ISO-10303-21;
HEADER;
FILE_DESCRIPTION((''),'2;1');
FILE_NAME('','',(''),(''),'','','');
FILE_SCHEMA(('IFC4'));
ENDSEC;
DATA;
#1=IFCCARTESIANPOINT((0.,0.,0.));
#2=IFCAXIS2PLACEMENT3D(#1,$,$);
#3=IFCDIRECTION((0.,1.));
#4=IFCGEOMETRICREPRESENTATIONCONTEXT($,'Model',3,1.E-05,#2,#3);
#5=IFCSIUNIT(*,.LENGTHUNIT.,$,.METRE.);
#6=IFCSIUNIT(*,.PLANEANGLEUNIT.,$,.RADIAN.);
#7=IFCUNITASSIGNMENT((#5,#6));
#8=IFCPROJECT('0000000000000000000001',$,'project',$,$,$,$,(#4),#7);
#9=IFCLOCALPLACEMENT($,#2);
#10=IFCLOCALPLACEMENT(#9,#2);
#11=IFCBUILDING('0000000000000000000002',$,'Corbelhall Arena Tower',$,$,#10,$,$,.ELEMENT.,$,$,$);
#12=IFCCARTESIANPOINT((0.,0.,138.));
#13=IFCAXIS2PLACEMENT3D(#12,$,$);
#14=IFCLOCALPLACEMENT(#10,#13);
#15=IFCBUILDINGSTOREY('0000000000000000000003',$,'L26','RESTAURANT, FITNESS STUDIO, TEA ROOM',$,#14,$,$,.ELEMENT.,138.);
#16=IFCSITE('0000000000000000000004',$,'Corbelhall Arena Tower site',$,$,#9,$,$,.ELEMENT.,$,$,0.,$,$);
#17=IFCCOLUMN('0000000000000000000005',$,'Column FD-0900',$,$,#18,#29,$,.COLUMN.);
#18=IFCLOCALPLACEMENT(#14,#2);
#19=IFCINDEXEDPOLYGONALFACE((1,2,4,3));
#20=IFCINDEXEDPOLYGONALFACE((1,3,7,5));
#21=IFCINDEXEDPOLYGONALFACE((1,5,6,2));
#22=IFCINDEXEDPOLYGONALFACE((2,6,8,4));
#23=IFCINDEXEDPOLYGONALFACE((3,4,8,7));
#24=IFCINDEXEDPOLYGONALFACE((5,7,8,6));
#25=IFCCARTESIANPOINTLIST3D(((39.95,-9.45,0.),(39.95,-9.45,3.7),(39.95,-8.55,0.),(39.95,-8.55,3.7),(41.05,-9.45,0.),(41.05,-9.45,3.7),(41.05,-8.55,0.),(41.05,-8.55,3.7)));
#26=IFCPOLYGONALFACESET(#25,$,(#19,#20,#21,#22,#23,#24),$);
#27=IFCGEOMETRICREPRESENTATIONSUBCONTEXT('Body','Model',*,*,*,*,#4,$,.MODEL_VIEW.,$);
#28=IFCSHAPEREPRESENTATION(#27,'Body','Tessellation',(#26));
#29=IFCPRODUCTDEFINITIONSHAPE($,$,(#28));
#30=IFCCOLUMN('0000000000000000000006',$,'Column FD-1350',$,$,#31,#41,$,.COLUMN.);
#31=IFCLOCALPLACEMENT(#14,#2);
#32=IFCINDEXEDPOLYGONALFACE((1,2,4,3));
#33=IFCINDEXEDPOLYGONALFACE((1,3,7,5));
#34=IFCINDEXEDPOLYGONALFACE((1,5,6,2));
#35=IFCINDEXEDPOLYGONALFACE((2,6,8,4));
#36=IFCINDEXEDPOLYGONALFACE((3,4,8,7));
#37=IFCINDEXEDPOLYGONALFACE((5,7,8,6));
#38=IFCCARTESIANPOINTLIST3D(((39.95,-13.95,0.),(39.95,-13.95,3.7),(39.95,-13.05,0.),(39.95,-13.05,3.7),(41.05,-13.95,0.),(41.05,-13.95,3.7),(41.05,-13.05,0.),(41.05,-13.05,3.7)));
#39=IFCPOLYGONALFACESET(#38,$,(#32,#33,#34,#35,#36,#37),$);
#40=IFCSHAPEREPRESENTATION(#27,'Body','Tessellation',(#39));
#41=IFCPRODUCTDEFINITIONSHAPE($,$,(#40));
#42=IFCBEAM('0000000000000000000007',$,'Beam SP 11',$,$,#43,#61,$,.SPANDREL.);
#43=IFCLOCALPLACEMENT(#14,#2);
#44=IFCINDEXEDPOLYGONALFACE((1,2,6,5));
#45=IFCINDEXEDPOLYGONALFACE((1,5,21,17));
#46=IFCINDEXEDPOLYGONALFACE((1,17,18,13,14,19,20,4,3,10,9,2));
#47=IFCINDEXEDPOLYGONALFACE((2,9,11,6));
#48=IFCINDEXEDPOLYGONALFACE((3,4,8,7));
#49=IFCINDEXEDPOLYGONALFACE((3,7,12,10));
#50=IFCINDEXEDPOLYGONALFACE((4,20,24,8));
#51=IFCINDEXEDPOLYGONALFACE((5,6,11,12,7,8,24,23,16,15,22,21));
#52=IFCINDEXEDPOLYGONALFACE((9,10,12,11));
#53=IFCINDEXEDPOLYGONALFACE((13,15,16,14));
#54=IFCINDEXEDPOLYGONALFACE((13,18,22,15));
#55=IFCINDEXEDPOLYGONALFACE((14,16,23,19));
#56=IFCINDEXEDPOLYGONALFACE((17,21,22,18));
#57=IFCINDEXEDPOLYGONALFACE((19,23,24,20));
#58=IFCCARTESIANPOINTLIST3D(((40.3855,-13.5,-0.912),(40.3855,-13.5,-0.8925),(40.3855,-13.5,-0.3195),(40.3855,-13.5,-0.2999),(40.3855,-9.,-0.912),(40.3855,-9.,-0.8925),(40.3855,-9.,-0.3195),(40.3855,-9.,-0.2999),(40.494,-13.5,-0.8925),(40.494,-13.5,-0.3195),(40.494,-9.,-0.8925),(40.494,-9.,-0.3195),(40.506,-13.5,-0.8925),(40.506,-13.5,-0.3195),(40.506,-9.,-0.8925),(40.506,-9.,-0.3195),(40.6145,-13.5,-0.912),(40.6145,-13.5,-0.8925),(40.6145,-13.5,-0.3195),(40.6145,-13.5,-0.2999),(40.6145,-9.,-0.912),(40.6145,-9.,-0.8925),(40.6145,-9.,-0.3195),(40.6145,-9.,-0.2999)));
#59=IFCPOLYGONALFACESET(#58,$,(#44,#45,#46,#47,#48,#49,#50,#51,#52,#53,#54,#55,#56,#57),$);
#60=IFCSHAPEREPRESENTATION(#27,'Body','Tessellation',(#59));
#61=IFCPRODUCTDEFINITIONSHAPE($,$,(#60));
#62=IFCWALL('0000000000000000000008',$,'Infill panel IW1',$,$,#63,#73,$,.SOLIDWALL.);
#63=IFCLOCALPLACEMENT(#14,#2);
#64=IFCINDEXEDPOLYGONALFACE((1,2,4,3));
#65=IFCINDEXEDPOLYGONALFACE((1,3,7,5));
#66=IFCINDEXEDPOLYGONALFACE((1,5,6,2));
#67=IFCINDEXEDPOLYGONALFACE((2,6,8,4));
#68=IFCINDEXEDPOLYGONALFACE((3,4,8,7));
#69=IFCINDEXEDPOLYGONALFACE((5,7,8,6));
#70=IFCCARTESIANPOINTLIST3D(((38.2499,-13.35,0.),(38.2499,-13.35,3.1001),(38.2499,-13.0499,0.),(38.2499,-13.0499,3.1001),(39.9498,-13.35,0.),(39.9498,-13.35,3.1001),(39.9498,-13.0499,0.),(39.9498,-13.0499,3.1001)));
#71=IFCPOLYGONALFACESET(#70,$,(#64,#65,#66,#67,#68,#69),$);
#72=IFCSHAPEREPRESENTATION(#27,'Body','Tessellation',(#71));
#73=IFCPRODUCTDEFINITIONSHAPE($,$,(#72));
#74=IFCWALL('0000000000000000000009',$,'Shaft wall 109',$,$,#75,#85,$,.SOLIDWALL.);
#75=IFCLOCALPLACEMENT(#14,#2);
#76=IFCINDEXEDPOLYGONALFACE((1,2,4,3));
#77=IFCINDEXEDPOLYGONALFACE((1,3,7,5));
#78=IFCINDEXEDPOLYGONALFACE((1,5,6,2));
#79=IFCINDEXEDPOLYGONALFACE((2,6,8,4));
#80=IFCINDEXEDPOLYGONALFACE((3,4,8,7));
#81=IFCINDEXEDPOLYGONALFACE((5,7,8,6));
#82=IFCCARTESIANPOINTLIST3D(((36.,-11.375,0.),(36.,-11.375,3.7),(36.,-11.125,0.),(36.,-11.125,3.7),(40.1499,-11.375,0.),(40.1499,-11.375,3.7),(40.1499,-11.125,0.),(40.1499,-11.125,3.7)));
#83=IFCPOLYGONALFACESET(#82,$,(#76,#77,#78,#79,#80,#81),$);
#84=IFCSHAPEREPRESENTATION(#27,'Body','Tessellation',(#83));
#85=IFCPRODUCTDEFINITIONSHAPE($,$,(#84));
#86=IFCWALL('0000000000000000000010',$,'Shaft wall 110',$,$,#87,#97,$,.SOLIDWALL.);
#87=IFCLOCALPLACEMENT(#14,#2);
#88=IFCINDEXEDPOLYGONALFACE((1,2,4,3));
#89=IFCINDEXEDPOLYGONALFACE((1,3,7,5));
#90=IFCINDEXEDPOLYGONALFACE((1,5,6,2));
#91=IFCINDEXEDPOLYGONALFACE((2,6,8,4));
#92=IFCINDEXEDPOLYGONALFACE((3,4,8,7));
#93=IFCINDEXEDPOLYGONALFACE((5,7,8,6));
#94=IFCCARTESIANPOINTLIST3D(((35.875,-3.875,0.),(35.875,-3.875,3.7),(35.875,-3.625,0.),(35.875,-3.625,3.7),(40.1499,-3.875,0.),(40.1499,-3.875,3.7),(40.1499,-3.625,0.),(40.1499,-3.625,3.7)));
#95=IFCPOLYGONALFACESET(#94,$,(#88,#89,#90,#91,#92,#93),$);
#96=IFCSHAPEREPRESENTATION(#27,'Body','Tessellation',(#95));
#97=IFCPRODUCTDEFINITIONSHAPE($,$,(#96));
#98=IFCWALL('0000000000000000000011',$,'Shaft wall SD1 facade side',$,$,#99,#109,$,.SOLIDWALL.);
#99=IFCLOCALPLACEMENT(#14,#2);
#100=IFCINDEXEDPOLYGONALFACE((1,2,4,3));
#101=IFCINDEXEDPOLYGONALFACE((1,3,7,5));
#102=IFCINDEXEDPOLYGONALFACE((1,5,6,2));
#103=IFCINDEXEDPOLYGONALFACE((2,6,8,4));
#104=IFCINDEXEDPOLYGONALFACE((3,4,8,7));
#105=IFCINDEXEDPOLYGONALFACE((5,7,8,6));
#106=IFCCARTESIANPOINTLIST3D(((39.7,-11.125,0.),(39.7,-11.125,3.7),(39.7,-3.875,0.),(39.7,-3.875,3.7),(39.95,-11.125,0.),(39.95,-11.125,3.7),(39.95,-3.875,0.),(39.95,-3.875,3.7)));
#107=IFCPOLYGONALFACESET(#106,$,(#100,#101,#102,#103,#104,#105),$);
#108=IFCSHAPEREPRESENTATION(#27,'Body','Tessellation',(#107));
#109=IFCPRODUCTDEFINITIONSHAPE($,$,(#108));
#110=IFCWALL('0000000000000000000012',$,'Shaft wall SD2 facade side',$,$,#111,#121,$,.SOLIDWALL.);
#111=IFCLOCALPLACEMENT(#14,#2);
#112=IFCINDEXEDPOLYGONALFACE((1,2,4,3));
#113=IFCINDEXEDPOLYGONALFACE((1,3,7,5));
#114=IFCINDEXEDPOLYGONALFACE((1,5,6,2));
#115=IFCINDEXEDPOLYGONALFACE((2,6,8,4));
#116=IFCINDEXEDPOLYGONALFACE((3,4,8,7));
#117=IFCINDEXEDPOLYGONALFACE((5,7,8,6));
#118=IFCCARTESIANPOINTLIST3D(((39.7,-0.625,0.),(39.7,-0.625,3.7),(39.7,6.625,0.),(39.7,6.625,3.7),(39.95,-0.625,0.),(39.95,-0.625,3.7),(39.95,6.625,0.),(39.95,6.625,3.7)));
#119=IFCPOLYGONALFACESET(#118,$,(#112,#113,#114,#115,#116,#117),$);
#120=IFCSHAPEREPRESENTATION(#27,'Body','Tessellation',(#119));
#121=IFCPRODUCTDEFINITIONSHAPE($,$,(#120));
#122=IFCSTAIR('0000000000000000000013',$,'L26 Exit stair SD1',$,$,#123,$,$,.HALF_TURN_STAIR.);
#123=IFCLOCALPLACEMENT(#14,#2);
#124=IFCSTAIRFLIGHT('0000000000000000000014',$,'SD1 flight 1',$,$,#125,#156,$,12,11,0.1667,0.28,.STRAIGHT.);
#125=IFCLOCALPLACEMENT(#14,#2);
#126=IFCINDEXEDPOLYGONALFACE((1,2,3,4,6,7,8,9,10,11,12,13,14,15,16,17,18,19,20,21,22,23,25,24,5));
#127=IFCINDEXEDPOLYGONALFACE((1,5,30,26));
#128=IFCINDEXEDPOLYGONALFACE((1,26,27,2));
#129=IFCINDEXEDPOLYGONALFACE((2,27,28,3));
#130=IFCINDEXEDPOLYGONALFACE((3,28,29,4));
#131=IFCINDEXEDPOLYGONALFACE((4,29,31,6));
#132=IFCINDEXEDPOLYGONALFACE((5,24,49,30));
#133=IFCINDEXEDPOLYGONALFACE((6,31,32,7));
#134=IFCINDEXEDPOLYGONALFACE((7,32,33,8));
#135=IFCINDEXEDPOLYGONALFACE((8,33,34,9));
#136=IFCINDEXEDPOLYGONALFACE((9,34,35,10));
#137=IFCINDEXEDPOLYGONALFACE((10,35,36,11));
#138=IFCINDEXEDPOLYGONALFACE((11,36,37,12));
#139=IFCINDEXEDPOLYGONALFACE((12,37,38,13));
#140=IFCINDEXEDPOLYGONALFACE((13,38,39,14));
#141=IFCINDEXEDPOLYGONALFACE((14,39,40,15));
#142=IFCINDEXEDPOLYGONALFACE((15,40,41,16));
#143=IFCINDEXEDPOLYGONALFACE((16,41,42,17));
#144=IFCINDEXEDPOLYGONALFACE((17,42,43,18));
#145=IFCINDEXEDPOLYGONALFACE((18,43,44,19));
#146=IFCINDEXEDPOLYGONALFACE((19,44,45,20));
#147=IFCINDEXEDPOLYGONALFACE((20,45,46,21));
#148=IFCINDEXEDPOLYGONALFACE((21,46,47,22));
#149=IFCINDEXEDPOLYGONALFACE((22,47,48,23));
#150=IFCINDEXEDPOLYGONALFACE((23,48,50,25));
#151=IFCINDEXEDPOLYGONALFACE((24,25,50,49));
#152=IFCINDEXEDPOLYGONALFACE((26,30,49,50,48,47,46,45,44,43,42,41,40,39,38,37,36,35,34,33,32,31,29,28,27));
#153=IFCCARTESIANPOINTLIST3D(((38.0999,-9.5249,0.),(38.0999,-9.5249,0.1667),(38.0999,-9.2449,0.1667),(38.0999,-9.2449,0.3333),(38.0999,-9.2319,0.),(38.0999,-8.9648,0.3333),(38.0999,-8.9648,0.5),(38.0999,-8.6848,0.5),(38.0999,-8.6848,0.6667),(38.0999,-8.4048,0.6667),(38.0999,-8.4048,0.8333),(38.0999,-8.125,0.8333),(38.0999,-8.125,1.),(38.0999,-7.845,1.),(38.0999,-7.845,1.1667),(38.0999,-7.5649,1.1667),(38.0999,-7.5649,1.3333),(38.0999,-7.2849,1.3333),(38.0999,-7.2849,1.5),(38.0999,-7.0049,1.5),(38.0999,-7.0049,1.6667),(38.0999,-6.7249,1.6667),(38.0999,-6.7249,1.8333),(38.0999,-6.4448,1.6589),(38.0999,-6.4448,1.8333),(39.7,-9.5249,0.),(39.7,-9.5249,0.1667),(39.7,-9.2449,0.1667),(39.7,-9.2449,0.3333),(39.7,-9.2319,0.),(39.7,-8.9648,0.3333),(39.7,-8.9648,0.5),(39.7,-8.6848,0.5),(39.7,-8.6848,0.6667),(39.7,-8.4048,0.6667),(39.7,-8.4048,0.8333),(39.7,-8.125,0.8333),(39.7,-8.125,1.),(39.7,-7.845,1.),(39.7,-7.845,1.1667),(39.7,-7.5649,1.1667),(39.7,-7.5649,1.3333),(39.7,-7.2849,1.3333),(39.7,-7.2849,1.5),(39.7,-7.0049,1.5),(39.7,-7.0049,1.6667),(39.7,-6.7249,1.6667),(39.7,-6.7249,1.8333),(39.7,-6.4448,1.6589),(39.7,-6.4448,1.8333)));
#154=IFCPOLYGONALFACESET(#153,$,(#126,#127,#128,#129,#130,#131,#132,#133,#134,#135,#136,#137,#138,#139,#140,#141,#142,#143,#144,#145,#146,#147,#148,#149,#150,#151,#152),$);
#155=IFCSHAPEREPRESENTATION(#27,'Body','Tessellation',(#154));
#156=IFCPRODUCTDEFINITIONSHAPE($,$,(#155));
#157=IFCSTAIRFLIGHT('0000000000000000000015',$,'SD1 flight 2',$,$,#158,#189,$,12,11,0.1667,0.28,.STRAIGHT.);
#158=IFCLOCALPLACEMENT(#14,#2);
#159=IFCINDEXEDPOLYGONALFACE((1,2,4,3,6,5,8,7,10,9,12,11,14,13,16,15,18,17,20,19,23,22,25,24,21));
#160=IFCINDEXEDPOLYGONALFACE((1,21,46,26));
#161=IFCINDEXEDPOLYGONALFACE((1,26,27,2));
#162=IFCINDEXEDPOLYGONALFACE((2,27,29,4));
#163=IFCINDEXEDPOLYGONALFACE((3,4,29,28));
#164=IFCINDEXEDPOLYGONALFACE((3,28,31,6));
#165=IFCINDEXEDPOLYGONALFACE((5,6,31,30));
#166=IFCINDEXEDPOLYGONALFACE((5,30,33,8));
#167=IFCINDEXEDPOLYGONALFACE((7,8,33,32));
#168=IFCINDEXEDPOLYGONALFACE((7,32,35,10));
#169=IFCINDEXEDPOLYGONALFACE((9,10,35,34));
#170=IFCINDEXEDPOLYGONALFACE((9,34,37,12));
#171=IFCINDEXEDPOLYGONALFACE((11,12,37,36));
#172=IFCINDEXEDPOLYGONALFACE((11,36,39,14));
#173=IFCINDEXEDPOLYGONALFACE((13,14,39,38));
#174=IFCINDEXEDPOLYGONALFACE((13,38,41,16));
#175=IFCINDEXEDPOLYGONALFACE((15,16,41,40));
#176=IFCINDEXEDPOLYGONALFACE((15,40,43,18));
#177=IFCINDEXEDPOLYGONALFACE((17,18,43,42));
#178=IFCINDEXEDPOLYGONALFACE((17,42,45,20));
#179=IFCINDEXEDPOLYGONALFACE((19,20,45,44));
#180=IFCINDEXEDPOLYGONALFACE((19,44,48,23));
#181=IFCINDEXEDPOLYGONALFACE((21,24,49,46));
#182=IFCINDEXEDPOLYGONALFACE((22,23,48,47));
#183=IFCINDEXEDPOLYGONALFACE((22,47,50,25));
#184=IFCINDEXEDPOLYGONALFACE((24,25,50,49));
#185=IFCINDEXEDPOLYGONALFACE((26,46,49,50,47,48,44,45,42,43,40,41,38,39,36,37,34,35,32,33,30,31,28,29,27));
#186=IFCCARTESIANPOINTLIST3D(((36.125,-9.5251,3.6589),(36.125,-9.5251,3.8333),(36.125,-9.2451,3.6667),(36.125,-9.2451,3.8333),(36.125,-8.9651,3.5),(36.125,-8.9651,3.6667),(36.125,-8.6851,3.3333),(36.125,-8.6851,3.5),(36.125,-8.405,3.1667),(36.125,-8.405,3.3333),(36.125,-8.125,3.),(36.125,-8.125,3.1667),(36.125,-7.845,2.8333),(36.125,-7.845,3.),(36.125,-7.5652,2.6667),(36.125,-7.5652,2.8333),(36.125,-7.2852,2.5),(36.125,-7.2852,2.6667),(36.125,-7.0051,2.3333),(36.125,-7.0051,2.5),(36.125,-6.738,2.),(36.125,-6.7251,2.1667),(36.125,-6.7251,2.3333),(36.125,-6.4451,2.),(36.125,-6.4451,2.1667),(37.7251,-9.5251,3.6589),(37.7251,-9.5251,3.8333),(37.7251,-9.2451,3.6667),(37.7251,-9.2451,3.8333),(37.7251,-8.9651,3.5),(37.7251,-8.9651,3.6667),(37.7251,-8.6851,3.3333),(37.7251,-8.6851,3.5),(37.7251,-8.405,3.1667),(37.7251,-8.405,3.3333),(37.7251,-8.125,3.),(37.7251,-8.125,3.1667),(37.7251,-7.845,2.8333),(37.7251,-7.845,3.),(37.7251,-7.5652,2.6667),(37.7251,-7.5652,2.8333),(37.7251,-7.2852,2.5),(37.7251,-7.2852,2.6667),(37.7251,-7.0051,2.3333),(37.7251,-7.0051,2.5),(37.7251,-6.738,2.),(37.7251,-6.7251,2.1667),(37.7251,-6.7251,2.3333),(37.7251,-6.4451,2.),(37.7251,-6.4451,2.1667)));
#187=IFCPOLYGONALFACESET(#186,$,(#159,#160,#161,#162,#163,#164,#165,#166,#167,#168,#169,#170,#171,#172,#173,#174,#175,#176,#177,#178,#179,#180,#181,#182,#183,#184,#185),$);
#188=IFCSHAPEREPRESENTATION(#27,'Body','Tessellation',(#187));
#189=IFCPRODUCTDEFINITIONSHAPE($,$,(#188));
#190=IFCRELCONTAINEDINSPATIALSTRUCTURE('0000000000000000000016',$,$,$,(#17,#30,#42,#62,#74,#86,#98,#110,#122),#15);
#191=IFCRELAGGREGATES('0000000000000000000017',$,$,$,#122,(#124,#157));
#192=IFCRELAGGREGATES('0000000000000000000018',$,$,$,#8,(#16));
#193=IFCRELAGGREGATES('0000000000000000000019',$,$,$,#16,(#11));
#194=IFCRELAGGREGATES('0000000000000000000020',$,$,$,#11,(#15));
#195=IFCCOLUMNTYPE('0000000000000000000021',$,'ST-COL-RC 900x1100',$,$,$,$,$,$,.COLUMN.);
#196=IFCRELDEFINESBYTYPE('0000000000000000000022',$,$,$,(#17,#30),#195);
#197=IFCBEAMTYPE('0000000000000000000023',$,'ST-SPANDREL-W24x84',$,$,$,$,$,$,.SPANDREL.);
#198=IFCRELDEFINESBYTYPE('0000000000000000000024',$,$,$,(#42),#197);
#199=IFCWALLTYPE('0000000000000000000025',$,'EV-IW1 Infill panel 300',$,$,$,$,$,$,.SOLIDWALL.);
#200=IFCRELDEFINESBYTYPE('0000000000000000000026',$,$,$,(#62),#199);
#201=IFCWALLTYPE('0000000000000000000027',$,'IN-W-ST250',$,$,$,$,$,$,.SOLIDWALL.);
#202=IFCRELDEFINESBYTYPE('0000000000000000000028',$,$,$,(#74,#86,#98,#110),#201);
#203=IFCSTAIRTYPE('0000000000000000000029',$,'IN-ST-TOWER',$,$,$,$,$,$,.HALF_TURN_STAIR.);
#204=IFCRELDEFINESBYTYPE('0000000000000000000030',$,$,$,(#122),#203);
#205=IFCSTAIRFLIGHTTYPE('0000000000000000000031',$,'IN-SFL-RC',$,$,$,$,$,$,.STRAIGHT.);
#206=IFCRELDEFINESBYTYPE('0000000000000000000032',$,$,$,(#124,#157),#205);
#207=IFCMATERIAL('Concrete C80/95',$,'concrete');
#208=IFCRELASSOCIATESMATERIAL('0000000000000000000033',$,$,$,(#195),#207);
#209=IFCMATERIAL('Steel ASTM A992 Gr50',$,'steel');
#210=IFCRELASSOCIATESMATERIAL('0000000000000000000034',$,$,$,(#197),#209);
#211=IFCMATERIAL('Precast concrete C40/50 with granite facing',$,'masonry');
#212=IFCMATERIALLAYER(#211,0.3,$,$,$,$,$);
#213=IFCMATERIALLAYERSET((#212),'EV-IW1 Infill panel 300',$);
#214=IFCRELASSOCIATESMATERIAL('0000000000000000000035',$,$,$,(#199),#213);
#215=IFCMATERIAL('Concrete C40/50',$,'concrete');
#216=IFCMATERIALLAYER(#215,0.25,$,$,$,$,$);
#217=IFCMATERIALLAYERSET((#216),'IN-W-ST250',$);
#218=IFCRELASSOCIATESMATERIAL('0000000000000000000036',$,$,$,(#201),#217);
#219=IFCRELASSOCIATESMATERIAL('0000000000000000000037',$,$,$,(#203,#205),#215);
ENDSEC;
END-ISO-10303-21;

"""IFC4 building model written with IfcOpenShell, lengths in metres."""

from ifc_helpers import new_model, si_unit, direction, frame, frame_2d, origin, origin_2d, place, context, subcontext, project, spatial, polyline, rectangle, i_section, outline, extrude, material, layer, layer_set, material_profile, profile_set, type_object, element, aggregate, save


model = new_model("IFC4")

# Units and contexts
model_context = context("Model", 3, precision=1e-05, world=origin(), true_north=direction((0.0, 1.0)))
body_context = subcontext(model_context, "Body", "Model", "MODEL_VIEW")
ifc_project = project(units=[si_unit("LENGTHUNIT", "METRE"), si_unit("PLANEANGLEUNIT", "RADIAN")], contexts=[model_context])

# Site, building, storey
site_placement = place(None, origin())
site = spatial("IfcSite", under=ifc_project, at=site_placement, Name="Corbelhall Arena Tower site", CompositionType="ELEMENT", RefElevation=0.0)
building_placement = place(site_placement, origin())
building = spatial("IfcBuilding", under=site, at=building_placement, Name="Corbelhall Arena Tower", CompositionType="ELEMENT")
storey_placement = place(building_placement, frame((0.0, 0.0, 138.0)))
storey = spatial("IfcBuildingStorey", under=building, at=storey_placement, Name="L26", Description="RESTAURANT, FITNESS STUDIO, TEA ROOM", CompositionType="ELEMENT", Elevation=138.0)

# Columns
ifc_material_1 = material(Name="Concrete C80/95", Category="concrete")
ifc_material_profile_1 = material_profile(ifc_material_1, rectangle(XDim=0.8999, YDim=1.1001, at=origin_2d()))
ifc_profile_set_1 = profile_set([ifc_material_profile_1], Name="Concrete C80/95")
column_type = type_object("IfcColumnType", Name="ST-COL-RC 900x1100", PredefinedType="COLUMN", material=ifc_profile_set_1)
for number, where, z_axis, x_axis, name in (
    (1, (40.5, -9.0, 0.0), (0.0, 0.0, 1.0), (0.0, 1.0, 0.0), "Column FD-0900"),
    (2, (40.5, -13.5, 0.0), (0.0, 0.0, 1.0), (0.0, 1.0, 0.0), "Column FD-1350"),
):
    element("IfcColumn", number, at=place(storey_placement, frame(where, z_axis=z_axis, x_axis=x_axis)), inside=storey, type_object=column_type, Name=name, PredefinedType="COLUMN", context=body_context, shape_type="SweptSolid", body=[
        extrude(rectangle(XDim=0.8999, YDim=1.1001, at=origin_2d()), origin(), (0.0, 0.0, 1.0), 3.7),
    ])

# Beam
ifc_material_2 = material(Name="Steel ASTM A992 Gr50", Category="steel")
ifc_material_profile_2 = material_profile(ifc_material_2, i_section(OverallWidth=0.229, OverallDepth=0.6121, WebThickness=0.012, FlangeThickness=0.0195, at=origin_2d()))
ifc_profile_set_2 = profile_set([ifc_material_profile_2], Name="Steel ASTM A992 Gr50")
beam_type = type_object("IfcBeamType", Name="ST-SPANDREL-W24x84", PredefinedType="SPANDREL", material=ifc_profile_set_2)
beam_placement = place(storey_placement, frame((40.5, -9.0, -0.606), z_axis=(0.0, -1.0, 0.0), x_axis=(1.0, 0.0, 0.0)))
element("IfcBeam", 3, at=beam_placement, inside=storey, type_object=beam_type, Name="Beam SP 11", PredefinedType="SPANDREL", context=body_context, shape_type="SweptSolid", body=[
    extrude(i_section(OverallWidth=0.229, OverallDepth=0.6121, WebThickness=0.012, FlangeThickness=0.0195, at=origin_2d()), origin(), (0.0, 0.0, 1.0), 4.5),
])

# Wall
ifc_material_3 = material(Name="Precast concrete C40/50 with granite facing", Category="masonry")
ifc_layer_1 = layer(ifc_material_3, 0.3)
ifc_layer_set_1 = layer_set([ifc_layer_1], Name="EV-IW1 Infill panel 300")
wall_type_1 = type_object("IfcWallType", Name="EV-IW1 Infill panel 300", PredefinedType="SOLIDWALL", material=ifc_layer_set_1)
wall_1_placement = place(storey_placement, frame((39.95, -13.2, 0.0), z_axis=(0.0, 0.0, 1.0), x_axis=(-1.0, 0.0, 0.0)))
element("IfcWall", 4, at=wall_1_placement, inside=storey, type_object=wall_type_1, Name="Infill panel IW1", PredefinedType="SOLIDWALL", context=body_context, shape_type="SweptSolid", body=[
    extrude(rectangle(XDim=1.7, YDim=0.3, at=frame_2d((0.8501, 0.0))), origin(), (0.0, 0.0, 1.0), 3.1001),
])

# Walls
ifc_material_4 = material(Name="Concrete C40/50", Category="concrete")
ifc_layer_2 = layer(ifc_material_4, 0.25)
ifc_layer_set_2 = layer_set([ifc_layer_2], Name="IN-W-ST250")
wall_type_2 = type_object("IfcWallType", Name="IN-W-ST250", PredefinedType="SOLIDWALL", material=ifc_layer_set_2)
wall_2_placement = place(storey_placement, frame((40.1499, -11.25, 0.0), z_axis=(0.0, 0.0, 1.0), x_axis=(-1.0, 0.0, 0.0)))
element("IfcWall", 5, at=wall_2_placement, inside=storey, type_object=wall_type_2, Name="Shaft wall 109", PredefinedType="SOLIDWALL", context=body_context, shape_type="SweptSolid", body=[
    extrude(rectangle(XDim=4.1499, YDim=0.25, at=frame_2d((2.075, 0.0))), origin(), (0.0, 0.0, 1.0), 3.7),
])
wall_3_placement = place(storey_placement, frame((40.1499, -3.75, 0.0), z_axis=(0.0, 0.0, 1.0), x_axis=(-1.0, 0.0, 0.0)))
element("IfcWall", 6, at=wall_3_placement, inside=storey, type_object=wall_type_2, Name="Shaft wall 110", PredefinedType="SOLIDWALL", context=body_context, shape_type="SweptSolid", body=[
    extrude(rectangle(XDim=4.2749, YDim=0.25, at=frame_2d((2.1375, 0.0))), origin(), (0.0, 0.0, 1.0), 3.7),
])
for number, where, z_axis, x_axis, name in (
    (7, (39.825, -11.125, 0.0), (0.0, 0.0, 1.0), (0.0, 1.0, 0.0), "Shaft wall SD1 facade side"),
    (8, (39.825, -0.625, 0.0), (0.0, 0.0, 1.0), (0.0, 1.0, 0.0), "Shaft wall SD2 facade side"),
):
    element("IfcWall", number, at=place(storey_placement, frame(where, z_axis=z_axis, x_axis=x_axis)), inside=storey, type_object=wall_type_2, Name=name, PredefinedType="SOLIDWALL", context=body_context, shape_type="SweptSolid", body=[
        extrude(rectangle(XDim=7.25, YDim=0.25, at=frame_2d((3.625, 0.0))), origin(), (0.0, 0.0, 1.0), 3.7),
    ])

# Stair, stair flights
stair_type = type_object("IfcStairType", Name="IN-ST-TOWER", PredefinedType="HALF_TURN_STAIR", material=ifc_material_4)
stair_placement = place(storey_placement, origin())
stair = element("IfcStair", 9, at=stair_placement, inside=storey, type_object=stair_type, Name="L26 Exit stair SD1", PredefinedType="HALF_TURN_STAIR")
stair_flight_type = type_object("IfcStairFlightType", Name="IN-SFL-RC", PredefinedType="STRAIGHT", material=ifc_material_4)
stair_flight_1_placement = place(storey_placement, frame((38.8999, -9.5249, 0.0), z_axis=(0.0, 0.0, 1.0), x_axis=(0.0, 1.0, 0.0)))
stair_flight_1 = element("IfcStairFlight", 10, at=stair_flight_1_placement, type_object=stair_flight_type, Name="SD1 flight 1", NumberOfRisers=12, NumberOfTreads=11, PredefinedType="STRAIGHT", RiserHeight=0.1667, TreadLength=0.28, context=body_context, shape_type="SweptSolid", body=[
    extrude(outline(polyline([(0.0, 0.0), (0.0, 0.1667), (0.28, 0.1667), (0.28, 0.3333), (0.5601, 0.3333), (0.5601, 0.5), (0.8401, 0.5), (0.8401, 0.6667), (1.1201, 0.6667), (1.1201, 0.8333), (1.3999, 0.8333), (1.3999, 1.0), (1.6799, 1.0), (1.6799, 1.1667), (1.96, 1.1667), (1.96, 1.3333), (2.24, 1.3333), (2.24, 1.5), (2.52, 1.5), (2.52, 1.6667), (2.8, 1.6667), (2.8, 1.8333), (3.0801, 1.8333), (3.0801, 2.0), (3.0801, 1.6589), (0.293, 0.0), (0.0, 0.0)])), frame((0.0, 0.8, 0.0), z_axis=(0.0, -1.0, 0.0), x_axis=(1.0, 0.0, 0.0)), (0.0, 0.0, 1.0), 1.6001),
])
stair_flight_2_placement = place(storey_placement, frame((36.925, -6.4451, 2.0), z_axis=(0.0, 0.0, 1.0), x_axis=(0.0, -1.0, 0.0)))
stair_flight_2 = element("IfcStairFlight", 11, at=stair_flight_2_placement, type_object=stair_flight_type, Name="SD1 flight 2", NumberOfRisers=12, NumberOfTreads=11, PredefinedType="STRAIGHT", RiserHeight=0.1667, TreadLength=0.28, context=body_context, shape_type="SweptSolid", body=[
    extrude(outline(polyline([(0.0, 0.0), (0.0, 0.1667), (0.28, 0.1667), (0.28, 0.3333), (0.5601, 0.3333), (0.5601, 0.5), (0.8401, 0.5), (0.8401, 0.6667), (1.1201, 0.6667), (1.1201, 0.8333), (1.3999, 0.8333), (1.3999, 1.0), (1.6799, 1.0), (1.6799, 1.1667), (1.96, 1.1667), (1.96, 1.3333), (2.24, 1.3333), (2.24, 1.5), (2.52, 1.5), (2.52, 1.6667), (2.8, 1.6667), (2.8, 1.8333), (3.0801, 1.8333), (3.0801, 2.0), (3.0801, 1.6589), (0.293, 0.0), (0.0, 0.0)])), frame((0.0, 0.8, 0.0), z_axis=(0.0, -1.0, 0.0), x_axis=(1.0, 0.0, 0.0)), (0.0, 0.0, 1.0), 1.6001),
])
aggregate(stair, [stair_flight_1, stair_flight_2])

save(model, "model.ifc")
